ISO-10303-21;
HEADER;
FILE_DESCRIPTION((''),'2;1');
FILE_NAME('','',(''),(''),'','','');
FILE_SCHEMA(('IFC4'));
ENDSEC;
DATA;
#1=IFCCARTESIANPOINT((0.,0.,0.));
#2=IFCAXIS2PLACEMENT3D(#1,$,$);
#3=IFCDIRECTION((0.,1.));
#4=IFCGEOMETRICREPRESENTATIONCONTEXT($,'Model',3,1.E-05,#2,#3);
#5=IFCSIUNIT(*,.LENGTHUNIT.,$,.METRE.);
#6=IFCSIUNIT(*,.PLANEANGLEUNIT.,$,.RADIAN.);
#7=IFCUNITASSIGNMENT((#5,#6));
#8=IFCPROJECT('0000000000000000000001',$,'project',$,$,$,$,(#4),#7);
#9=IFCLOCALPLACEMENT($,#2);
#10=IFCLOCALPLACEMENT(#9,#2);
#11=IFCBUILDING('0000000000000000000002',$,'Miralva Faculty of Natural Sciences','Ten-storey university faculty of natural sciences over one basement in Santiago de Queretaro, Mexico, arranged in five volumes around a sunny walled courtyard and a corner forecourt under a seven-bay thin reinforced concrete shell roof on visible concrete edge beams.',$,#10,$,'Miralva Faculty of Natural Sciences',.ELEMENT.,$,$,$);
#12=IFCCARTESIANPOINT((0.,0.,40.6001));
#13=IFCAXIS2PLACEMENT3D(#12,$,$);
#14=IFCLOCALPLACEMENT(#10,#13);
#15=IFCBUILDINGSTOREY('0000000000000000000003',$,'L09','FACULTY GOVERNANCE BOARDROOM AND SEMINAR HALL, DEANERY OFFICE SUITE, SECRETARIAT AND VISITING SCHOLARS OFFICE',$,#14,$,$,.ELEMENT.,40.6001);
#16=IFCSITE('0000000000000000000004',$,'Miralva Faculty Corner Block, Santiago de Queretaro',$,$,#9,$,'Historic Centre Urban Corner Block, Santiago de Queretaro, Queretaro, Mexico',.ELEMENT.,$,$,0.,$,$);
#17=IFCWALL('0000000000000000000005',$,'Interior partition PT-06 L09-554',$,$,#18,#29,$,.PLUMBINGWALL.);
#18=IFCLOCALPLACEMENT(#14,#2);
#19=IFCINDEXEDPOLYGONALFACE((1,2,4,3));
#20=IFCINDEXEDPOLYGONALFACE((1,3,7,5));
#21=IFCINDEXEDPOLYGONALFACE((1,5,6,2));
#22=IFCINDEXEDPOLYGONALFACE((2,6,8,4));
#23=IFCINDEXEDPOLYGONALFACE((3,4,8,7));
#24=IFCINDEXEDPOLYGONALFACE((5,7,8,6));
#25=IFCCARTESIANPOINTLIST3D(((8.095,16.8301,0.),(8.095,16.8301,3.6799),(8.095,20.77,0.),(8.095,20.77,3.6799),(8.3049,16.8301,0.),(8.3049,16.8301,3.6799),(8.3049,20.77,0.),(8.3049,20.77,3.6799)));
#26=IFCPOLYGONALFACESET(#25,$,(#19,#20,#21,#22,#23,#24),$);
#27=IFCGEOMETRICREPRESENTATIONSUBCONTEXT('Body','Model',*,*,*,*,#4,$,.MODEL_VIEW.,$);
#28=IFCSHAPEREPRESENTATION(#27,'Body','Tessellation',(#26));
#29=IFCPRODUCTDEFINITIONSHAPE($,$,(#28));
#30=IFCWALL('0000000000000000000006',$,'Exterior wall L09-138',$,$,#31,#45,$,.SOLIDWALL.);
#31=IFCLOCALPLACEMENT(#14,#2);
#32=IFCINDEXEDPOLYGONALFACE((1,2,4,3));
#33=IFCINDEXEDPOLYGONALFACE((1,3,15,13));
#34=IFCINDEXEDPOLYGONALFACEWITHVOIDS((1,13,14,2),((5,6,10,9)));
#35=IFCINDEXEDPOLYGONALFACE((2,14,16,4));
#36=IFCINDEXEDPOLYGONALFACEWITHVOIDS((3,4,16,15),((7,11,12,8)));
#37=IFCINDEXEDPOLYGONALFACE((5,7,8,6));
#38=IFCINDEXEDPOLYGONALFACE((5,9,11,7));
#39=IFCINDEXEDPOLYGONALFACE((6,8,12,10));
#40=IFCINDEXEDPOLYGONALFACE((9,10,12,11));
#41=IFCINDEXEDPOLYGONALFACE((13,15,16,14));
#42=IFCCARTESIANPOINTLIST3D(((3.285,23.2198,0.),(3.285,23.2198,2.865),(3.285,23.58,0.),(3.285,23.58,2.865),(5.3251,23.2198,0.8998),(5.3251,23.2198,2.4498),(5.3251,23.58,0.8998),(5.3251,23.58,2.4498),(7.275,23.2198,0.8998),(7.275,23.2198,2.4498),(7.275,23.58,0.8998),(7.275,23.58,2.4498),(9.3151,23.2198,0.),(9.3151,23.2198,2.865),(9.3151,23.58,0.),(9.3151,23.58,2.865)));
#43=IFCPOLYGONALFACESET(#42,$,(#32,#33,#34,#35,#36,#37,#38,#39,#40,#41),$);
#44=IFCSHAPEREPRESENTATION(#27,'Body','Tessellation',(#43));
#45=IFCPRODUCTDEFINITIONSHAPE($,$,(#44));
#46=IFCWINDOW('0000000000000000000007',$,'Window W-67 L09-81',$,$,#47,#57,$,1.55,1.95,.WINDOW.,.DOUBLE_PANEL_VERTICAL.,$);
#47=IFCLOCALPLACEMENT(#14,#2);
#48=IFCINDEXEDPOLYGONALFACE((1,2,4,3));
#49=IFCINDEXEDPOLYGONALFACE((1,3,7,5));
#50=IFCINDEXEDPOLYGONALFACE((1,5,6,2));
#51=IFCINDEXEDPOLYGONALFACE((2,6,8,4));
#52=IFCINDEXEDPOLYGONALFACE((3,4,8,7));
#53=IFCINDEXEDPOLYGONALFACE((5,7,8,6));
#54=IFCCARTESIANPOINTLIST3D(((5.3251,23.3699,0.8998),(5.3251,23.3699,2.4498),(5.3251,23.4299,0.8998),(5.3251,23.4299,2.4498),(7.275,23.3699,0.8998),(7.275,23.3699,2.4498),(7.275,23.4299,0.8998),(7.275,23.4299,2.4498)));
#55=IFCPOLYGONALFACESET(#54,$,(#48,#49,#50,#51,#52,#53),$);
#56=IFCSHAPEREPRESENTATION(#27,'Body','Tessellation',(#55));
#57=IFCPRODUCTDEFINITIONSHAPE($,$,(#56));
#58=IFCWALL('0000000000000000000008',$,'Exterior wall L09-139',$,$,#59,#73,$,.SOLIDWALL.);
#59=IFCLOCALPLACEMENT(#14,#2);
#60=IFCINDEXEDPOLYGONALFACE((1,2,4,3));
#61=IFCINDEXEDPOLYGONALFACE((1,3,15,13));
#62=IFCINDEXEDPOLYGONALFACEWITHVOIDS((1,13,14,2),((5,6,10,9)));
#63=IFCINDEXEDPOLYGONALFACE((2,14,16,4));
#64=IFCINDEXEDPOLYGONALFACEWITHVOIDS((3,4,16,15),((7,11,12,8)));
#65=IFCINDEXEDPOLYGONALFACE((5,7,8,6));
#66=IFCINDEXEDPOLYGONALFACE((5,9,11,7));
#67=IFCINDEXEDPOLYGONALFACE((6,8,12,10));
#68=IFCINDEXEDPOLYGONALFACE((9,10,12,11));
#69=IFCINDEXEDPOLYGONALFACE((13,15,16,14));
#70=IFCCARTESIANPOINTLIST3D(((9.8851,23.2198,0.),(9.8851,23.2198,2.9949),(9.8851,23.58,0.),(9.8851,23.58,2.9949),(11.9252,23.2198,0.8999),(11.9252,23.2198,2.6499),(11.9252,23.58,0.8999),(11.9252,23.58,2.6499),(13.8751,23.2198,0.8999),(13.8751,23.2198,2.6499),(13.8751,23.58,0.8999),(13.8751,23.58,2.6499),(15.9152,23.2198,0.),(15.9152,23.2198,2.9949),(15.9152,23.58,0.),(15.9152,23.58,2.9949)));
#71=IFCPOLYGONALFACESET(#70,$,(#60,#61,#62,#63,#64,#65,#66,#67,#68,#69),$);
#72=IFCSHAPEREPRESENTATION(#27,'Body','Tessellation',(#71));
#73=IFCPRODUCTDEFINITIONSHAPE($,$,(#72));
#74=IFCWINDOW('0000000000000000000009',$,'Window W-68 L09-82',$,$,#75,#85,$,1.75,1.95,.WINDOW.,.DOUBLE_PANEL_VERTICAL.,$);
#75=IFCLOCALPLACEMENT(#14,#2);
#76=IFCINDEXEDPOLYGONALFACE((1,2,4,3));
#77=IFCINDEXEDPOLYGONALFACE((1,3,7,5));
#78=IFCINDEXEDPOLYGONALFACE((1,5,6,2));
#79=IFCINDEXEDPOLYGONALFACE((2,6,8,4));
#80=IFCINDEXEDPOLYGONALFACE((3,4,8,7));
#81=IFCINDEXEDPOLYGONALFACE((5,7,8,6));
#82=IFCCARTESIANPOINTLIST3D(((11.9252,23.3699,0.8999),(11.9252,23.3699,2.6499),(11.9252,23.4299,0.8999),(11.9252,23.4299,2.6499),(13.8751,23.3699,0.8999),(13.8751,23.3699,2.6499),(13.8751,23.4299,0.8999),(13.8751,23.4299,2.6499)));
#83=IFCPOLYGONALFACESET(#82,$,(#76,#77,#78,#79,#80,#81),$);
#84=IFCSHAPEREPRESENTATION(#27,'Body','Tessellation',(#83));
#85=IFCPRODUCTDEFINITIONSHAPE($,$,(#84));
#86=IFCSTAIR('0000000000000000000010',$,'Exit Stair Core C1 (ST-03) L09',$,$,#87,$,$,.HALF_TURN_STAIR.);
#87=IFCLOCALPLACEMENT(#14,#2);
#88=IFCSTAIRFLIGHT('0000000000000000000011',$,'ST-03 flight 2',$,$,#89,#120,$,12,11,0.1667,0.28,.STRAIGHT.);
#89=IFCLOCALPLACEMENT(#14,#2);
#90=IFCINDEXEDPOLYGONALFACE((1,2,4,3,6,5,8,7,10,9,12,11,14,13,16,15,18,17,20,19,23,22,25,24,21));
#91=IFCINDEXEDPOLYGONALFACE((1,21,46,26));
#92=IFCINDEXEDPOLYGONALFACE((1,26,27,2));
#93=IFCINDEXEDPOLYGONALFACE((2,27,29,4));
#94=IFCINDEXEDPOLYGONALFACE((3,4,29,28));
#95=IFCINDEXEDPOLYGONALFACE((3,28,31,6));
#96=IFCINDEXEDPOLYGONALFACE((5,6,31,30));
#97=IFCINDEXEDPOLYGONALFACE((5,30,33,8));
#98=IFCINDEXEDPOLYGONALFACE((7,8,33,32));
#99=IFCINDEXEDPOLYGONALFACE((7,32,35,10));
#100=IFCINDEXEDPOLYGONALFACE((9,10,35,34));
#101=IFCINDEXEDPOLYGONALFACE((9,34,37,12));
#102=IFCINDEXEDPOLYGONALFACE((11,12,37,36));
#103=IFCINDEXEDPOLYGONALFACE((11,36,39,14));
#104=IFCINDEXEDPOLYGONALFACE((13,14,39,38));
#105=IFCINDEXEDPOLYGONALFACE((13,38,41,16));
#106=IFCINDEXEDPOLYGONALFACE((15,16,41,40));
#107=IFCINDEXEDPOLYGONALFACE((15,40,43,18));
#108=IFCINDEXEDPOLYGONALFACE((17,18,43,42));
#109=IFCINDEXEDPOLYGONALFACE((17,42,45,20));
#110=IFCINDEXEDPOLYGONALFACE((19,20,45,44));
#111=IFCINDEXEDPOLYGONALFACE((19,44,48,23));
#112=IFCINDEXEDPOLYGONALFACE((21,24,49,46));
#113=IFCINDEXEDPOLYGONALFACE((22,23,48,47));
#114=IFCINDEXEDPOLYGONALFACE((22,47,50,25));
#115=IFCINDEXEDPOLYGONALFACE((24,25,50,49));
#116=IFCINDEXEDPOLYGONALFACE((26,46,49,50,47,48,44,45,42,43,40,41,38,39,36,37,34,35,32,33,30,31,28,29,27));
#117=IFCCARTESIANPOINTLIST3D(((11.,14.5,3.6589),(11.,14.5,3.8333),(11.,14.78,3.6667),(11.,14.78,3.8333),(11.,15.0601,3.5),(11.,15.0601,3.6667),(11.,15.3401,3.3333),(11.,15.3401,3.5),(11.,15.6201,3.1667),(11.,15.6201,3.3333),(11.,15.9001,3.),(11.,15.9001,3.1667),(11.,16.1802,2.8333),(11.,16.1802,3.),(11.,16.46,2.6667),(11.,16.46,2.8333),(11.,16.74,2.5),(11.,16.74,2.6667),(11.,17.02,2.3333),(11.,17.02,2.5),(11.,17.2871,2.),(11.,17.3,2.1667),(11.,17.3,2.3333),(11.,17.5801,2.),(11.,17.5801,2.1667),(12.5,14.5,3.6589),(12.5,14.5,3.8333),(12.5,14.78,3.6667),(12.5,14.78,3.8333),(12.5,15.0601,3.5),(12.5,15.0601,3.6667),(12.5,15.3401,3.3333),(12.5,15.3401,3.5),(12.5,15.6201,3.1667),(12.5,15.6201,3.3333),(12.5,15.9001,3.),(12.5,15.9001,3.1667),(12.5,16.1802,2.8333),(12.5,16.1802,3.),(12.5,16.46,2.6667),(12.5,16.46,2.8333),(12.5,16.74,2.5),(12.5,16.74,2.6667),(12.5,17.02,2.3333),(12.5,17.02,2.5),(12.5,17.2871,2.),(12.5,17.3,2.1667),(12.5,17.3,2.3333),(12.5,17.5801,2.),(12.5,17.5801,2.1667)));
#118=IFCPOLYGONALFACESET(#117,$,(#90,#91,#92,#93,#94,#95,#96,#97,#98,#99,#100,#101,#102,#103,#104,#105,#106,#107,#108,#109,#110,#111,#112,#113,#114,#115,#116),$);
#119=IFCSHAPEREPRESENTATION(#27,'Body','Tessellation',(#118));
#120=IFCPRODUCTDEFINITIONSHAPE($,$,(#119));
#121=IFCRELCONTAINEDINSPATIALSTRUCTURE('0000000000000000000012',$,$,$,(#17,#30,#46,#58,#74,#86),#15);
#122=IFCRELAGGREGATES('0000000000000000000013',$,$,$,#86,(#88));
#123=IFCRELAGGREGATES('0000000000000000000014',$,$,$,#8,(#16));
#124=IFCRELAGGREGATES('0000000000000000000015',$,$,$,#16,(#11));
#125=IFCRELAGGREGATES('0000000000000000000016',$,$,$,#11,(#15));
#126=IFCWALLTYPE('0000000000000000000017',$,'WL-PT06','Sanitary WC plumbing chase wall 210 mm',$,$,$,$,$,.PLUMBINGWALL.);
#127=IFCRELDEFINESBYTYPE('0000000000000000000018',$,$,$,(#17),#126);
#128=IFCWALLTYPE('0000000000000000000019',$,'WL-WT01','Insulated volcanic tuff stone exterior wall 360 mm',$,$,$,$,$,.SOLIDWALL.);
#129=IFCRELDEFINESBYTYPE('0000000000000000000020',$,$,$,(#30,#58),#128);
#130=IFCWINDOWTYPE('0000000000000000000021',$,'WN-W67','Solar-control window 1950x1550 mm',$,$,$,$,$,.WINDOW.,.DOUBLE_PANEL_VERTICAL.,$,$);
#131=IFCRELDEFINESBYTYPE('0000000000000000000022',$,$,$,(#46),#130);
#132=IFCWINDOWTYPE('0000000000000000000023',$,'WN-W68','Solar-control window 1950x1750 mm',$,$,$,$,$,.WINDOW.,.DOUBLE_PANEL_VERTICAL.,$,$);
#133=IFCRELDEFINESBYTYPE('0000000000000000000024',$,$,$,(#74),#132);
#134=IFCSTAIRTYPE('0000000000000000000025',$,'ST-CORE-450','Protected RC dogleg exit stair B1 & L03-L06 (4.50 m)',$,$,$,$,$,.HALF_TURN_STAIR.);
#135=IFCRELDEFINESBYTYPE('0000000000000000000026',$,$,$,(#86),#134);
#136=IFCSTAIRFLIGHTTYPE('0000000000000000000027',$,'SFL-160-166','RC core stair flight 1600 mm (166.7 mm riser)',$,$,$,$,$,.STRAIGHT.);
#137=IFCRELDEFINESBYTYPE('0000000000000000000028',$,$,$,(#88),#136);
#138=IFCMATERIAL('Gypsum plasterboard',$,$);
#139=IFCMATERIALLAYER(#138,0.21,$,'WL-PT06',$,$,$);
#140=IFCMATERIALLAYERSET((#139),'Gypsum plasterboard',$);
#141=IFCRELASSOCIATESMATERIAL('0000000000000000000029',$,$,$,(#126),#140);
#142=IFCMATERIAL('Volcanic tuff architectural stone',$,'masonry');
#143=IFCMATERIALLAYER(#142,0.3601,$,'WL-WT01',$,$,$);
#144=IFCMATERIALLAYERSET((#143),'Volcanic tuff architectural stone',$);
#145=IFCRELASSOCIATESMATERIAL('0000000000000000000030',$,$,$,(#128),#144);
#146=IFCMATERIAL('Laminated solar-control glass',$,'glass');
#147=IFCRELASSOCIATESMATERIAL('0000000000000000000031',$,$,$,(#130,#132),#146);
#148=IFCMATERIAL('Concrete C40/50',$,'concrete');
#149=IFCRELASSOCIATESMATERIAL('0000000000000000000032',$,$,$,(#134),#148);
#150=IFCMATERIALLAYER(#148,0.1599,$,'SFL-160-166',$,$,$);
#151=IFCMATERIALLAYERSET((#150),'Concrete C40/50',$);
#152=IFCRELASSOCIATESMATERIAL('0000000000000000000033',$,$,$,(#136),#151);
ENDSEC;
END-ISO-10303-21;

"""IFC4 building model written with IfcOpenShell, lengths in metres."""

from ifc_helpers import new_model, si_unit, direction, frame, frame_2d, origin, place, context, subcontext, project, spatial, polyline, rectangle, outline, extrude, material, layer, layer_set, type_object, element, fill, aggregate, save


model = new_model("IFC4")

# Units and contexts
model_context = context("Model", 3, precision=1e-05, world=origin(), true_north=direction((0.0, 1.0)))
body_context = subcontext(model_context, "Body", "Model", "MODEL_VIEW")
ifc_project = project(units=[si_unit("LENGTHUNIT", "METRE"), si_unit("PLANEANGLEUNIT", "RADIAN")], contexts=[model_context])

# Site, building, storey
site_placement = place(None, origin())
site = spatial("IfcSite", under=ifc_project, at=site_placement, Name="Miralva Faculty Corner Block, Santiago de Queretaro", LongName="Historic Centre Urban Corner Block, Santiago de Queretaro, Queretaro, Mexico", CompositionType="ELEMENT", RefElevation=0.0)
building_placement = place(site_placement, origin())
building = spatial("IfcBuilding", under=site, at=building_placement, Name="Miralva Faculty of Natural Sciences", Description="Ten-storey university faculty of natural sciences over one basement in Santiago de Queretaro, Mexico, arranged in five volumes around a sunny walled courtyard and a corner forecourt under a seven-bay thin reinforced concrete shell roof on visible concrete edge beams.", LongName="Miralva Faculty of Natural Sciences", CompositionType="ELEMENT")
storey_placement = place(building_placement, frame((0.0, 0.0, 40.6001)))
storey = spatial("IfcBuildingStorey", under=building, at=storey_placement, Name="L09", Description="FACULTY GOVERNANCE BOARDROOM AND SEMINAR HALL, DEANERY OFFICE SUITE, SECRETARIAT AND VISITING SCHOLARS OFFICE", CompositionType="ELEMENT", Elevation=40.6001)

# Shared definitions
ifc_material_1 = material(Name="Concrete C40/50", Category="concrete")

# Shared definitions
ifc_material_2 = material(Name="Laminated solar-control glass", Category="glass")

# Shared definitions
ifc_material_3 = material(Name="Gypsum plasterboard")
ifc_layer_1 = layer(ifc_material_3, 0.21, Name="WL-PT06")
ifc_layer_set_1 = layer_set([ifc_layer_1], Name="Gypsum plasterboard")
wall_type_1 = type_object("IfcWallType", Name="WL-PT06", Description="Sanitary WC plumbing chase wall 210 mm", PredefinedType="PLUMBINGWALL", material=ifc_layer_set_1)

# Wall
wall_1_placement = place(storey_placement, frame((8.2, 16.8301, 0.0), z_axis=(0.0, 0.0, 1.0), x_axis=(0.0, 1.0, 0.0)))
element("IfcWall", 1, at=wall_1_placement, inside=storey, type_object=wall_type_1, Name="Interior partition PT-06 L09-554", PredefinedType="PLUMBINGWALL", context=body_context, shape_type="SweptSolid", body=[
    extrude(rectangle(XDim=3.9399, YDim=0.21, at=frame_2d((1.97, 0.0))), origin(), (0.0, 0.0, 1.0), 3.6799),
])

# Walls, openings, windows
ifc_material_4 = material(Name="Volcanic tuff architectural stone", Category="masonry")
ifc_layer_2 = layer(ifc_material_4, 0.3601, Name="WL-WT01")
ifc_layer_set_2 = layer_set([ifc_layer_2], Name="Volcanic tuff architectural stone")
wall_type_2 = type_object("IfcWallType", Name="WL-WT01", Description="Insulated volcanic tuff stone exterior wall 360 mm", PredefinedType="SOLIDWALL", material=ifc_layer_set_2)
wall_2_placement = place(storey_placement, frame((3.2849, 23.3999, 0.0), z_axis=(0.0, 0.0, 1.0), x_axis=(1.0, 0.0, 0.0)))
wall_2 = element("IfcWall", 2, at=wall_2_placement, inside=storey, type_object=wall_type_2, Name="Exterior wall L09-138", PredefinedType="SOLIDWALL", context=body_context, shape_type="SweptSolid", body=[
    extrude(rectangle(XDim=6.03, YDim=0.3601, at=frame_2d((3.0151, 0.0))), origin(), (0.0, 0.0, 1.0), 2.865),
])
opening_1_placement = place(wall_2_placement, frame((2.04, 0.0, 0.8999)))
opening_1 = element("IfcOpeningElement", 3, at=opening_1_placement, cuts=wall_2, PredefinedType="OPENING", context=body_context, shape_type="SweptSolid", body=[
    extrude(rectangle(XDim=1.95, YDim=1.55, at=frame_2d((0.9751, 0.7749))), frame((0.0, 0.1899, 0.0), z_axis=(0.0, -1.0, 0.0), x_axis=(1.0, 0.0, 0.0)), (0.0, 0.0, 1.0), 0.3801),
])
window_type_1 = type_object("IfcWindowType", Name="WN-W67", Description="Solar-control window 1950x1550 mm", PartitioningType="DOUBLE_PANEL_VERTICAL", PredefinedType="WINDOW", material=ifc_material_2)
window_1_placement = place(opening_1_placement, origin())
window_1 = element("IfcWindow", 4, at=window_1_placement, inside=storey, type_object=window_type_1, Name="Window W-67 L09-81", OverallHeight=1.55, OverallWidth=1.95, PartitioningType="DOUBLE_PANEL_VERTICAL", PredefinedType="WINDOW", context=body_context, shape_type="SweptSolid", body=[
    extrude(rectangle(XDim=1.95, YDim=1.55, at=frame_2d((0.9751, 0.7749))), frame((0.0, 0.03, 0.0), z_axis=(0.0, -1.0, 0.0), x_axis=(1.0, 0.0, 0.0)), (0.0, 0.0, 1.0), 0.0601),
])
fill(opening_1, window_1)
wall_3_placement = place(storey_placement, frame((9.885, 23.3999, 0.0), z_axis=(0.0, 0.0, 1.0), x_axis=(1.0, 0.0, 0.0)))
wall_3 = element("IfcWall", 5, at=wall_3_placement, inside=storey, type_object=wall_type_2, Name="Exterior wall L09-139", PredefinedType="SOLIDWALL", context=body_context, shape_type="SweptSolid", body=[
    extrude(rectangle(XDim=6.03, YDim=0.3601, at=frame_2d((3.0151, 0.0))), origin(), (0.0, 0.0, 1.0), 2.9949),
])
opening_2_placement = place(wall_3_placement, frame((2.04, 0.0, 0.8999)))
opening_2 = element("IfcOpeningElement", 6, at=opening_2_placement, cuts=wall_3, PredefinedType="OPENING", context=body_context, shape_type="SweptSolid", body=[
    extrude(rectangle(XDim=1.95, YDim=1.75, at=frame_2d((0.9751, 0.875))), frame((0.0, 0.1899, 0.0), z_axis=(0.0, -1.0, 0.0), x_axis=(1.0, 0.0, 0.0)), (0.0, 0.0, 1.0), 0.3801),
])
window_type_2 = type_object("IfcWindowType", Name="WN-W68", Description="Solar-control window 1950x1750 mm", PartitioningType="DOUBLE_PANEL_VERTICAL", PredefinedType="WINDOW", material=ifc_material_2)
window_2_placement = place(opening_2_placement, origin())
window_2 = element("IfcWindow", 7, at=window_2_placement, inside=storey, type_object=window_type_2, Name="Window W-68 L09-82", OverallHeight=1.75, OverallWidth=1.95, PartitioningType="DOUBLE_PANEL_VERTICAL", PredefinedType="WINDOW", context=body_context, shape_type="SweptSolid", body=[
    extrude(rectangle(XDim=1.95, YDim=1.75, at=frame_2d((0.9751, 0.875))), frame((0.0, 0.03, 0.0), z_axis=(0.0, -1.0, 0.0), x_axis=(1.0, 0.0, 0.0)), (0.0, 0.0, 1.0), 0.0601),
])
fill(opening_2, window_2)

# Stair, stair flight
stair_type = type_object("IfcStairType", Name="ST-CORE-450", Description="Protected RC dogleg exit stair B1 & L03-L06 (4.50 m)", PredefinedType="HALF_TURN_STAIR", material=ifc_material_1)
stair_placement = place(storey_placement, origin())
stair = element("IfcStair", 8, at=stair_placement, inside=storey, type_object=stair_type, Name="Exit Stair Core C1 (ST-03) L09", PredefinedType="HALF_TURN_STAIR")
ifc_layer_3 = layer(ifc_material_1, 0.1599, Name="SFL-160-166")
ifc_layer_set_3 = layer_set([ifc_layer_3], Name="Concrete C40/50")
stair_flight_type = type_object("IfcStairFlightType", Name="SFL-160-166", Description="RC core stair flight 1600 mm (166.7 mm riser)", PredefinedType="STRAIGHT", material=ifc_layer_set_3)
stair_flight_placement = place(storey_placement, frame((11.75, 17.5801, 2.0), z_axis=(0.0, 0.0, 1.0), x_axis=(0.0, -1.0, 0.0)))
stair_flight = element("IfcStairFlight", 9, at=stair_flight_placement, type_object=stair_flight_type, Name="ST-03 flight 2", NumberOfRisers=12, NumberOfTreads=11, PredefinedType="STRAIGHT", RiserHeight=0.1667, TreadLength=0.28, context=body_context, shape_type="SweptSolid", body=[
    extrude(outline(polyline([(0.0, 0.0), (0.0, 0.1667), (0.28, 0.1667), (0.28, 0.3333), (0.5601, 0.3333), (0.5601, 0.5), (0.8401, 0.5), (0.8401, 0.6667), (1.1201, 0.6667), (1.1201, 0.8333), (1.3999, 0.8333), (1.3999, 1.0), (1.6799, 1.0), (1.6799, 1.1667), (1.96, 1.1667), (1.96, 1.3333), (2.24, 1.3333), (2.24, 1.5), (2.52, 1.5), (2.52, 1.6667), (2.8, 1.6667), (2.8, 1.8333), (3.0801, 1.8333), (3.0801, 2.0), (3.0801, 1.6589), (0.293, 0.0), (0.0, 0.0)])), frame((0.0, 0.75, 0.0), z_axis=(0.0, -1.0, 0.0), x_axis=(1.0, 0.0, 0.0)), (0.0, 0.0, 1.0), 1.5),
])
aggregate(stair, [stair_flight])

save(model, "model.ifc")
